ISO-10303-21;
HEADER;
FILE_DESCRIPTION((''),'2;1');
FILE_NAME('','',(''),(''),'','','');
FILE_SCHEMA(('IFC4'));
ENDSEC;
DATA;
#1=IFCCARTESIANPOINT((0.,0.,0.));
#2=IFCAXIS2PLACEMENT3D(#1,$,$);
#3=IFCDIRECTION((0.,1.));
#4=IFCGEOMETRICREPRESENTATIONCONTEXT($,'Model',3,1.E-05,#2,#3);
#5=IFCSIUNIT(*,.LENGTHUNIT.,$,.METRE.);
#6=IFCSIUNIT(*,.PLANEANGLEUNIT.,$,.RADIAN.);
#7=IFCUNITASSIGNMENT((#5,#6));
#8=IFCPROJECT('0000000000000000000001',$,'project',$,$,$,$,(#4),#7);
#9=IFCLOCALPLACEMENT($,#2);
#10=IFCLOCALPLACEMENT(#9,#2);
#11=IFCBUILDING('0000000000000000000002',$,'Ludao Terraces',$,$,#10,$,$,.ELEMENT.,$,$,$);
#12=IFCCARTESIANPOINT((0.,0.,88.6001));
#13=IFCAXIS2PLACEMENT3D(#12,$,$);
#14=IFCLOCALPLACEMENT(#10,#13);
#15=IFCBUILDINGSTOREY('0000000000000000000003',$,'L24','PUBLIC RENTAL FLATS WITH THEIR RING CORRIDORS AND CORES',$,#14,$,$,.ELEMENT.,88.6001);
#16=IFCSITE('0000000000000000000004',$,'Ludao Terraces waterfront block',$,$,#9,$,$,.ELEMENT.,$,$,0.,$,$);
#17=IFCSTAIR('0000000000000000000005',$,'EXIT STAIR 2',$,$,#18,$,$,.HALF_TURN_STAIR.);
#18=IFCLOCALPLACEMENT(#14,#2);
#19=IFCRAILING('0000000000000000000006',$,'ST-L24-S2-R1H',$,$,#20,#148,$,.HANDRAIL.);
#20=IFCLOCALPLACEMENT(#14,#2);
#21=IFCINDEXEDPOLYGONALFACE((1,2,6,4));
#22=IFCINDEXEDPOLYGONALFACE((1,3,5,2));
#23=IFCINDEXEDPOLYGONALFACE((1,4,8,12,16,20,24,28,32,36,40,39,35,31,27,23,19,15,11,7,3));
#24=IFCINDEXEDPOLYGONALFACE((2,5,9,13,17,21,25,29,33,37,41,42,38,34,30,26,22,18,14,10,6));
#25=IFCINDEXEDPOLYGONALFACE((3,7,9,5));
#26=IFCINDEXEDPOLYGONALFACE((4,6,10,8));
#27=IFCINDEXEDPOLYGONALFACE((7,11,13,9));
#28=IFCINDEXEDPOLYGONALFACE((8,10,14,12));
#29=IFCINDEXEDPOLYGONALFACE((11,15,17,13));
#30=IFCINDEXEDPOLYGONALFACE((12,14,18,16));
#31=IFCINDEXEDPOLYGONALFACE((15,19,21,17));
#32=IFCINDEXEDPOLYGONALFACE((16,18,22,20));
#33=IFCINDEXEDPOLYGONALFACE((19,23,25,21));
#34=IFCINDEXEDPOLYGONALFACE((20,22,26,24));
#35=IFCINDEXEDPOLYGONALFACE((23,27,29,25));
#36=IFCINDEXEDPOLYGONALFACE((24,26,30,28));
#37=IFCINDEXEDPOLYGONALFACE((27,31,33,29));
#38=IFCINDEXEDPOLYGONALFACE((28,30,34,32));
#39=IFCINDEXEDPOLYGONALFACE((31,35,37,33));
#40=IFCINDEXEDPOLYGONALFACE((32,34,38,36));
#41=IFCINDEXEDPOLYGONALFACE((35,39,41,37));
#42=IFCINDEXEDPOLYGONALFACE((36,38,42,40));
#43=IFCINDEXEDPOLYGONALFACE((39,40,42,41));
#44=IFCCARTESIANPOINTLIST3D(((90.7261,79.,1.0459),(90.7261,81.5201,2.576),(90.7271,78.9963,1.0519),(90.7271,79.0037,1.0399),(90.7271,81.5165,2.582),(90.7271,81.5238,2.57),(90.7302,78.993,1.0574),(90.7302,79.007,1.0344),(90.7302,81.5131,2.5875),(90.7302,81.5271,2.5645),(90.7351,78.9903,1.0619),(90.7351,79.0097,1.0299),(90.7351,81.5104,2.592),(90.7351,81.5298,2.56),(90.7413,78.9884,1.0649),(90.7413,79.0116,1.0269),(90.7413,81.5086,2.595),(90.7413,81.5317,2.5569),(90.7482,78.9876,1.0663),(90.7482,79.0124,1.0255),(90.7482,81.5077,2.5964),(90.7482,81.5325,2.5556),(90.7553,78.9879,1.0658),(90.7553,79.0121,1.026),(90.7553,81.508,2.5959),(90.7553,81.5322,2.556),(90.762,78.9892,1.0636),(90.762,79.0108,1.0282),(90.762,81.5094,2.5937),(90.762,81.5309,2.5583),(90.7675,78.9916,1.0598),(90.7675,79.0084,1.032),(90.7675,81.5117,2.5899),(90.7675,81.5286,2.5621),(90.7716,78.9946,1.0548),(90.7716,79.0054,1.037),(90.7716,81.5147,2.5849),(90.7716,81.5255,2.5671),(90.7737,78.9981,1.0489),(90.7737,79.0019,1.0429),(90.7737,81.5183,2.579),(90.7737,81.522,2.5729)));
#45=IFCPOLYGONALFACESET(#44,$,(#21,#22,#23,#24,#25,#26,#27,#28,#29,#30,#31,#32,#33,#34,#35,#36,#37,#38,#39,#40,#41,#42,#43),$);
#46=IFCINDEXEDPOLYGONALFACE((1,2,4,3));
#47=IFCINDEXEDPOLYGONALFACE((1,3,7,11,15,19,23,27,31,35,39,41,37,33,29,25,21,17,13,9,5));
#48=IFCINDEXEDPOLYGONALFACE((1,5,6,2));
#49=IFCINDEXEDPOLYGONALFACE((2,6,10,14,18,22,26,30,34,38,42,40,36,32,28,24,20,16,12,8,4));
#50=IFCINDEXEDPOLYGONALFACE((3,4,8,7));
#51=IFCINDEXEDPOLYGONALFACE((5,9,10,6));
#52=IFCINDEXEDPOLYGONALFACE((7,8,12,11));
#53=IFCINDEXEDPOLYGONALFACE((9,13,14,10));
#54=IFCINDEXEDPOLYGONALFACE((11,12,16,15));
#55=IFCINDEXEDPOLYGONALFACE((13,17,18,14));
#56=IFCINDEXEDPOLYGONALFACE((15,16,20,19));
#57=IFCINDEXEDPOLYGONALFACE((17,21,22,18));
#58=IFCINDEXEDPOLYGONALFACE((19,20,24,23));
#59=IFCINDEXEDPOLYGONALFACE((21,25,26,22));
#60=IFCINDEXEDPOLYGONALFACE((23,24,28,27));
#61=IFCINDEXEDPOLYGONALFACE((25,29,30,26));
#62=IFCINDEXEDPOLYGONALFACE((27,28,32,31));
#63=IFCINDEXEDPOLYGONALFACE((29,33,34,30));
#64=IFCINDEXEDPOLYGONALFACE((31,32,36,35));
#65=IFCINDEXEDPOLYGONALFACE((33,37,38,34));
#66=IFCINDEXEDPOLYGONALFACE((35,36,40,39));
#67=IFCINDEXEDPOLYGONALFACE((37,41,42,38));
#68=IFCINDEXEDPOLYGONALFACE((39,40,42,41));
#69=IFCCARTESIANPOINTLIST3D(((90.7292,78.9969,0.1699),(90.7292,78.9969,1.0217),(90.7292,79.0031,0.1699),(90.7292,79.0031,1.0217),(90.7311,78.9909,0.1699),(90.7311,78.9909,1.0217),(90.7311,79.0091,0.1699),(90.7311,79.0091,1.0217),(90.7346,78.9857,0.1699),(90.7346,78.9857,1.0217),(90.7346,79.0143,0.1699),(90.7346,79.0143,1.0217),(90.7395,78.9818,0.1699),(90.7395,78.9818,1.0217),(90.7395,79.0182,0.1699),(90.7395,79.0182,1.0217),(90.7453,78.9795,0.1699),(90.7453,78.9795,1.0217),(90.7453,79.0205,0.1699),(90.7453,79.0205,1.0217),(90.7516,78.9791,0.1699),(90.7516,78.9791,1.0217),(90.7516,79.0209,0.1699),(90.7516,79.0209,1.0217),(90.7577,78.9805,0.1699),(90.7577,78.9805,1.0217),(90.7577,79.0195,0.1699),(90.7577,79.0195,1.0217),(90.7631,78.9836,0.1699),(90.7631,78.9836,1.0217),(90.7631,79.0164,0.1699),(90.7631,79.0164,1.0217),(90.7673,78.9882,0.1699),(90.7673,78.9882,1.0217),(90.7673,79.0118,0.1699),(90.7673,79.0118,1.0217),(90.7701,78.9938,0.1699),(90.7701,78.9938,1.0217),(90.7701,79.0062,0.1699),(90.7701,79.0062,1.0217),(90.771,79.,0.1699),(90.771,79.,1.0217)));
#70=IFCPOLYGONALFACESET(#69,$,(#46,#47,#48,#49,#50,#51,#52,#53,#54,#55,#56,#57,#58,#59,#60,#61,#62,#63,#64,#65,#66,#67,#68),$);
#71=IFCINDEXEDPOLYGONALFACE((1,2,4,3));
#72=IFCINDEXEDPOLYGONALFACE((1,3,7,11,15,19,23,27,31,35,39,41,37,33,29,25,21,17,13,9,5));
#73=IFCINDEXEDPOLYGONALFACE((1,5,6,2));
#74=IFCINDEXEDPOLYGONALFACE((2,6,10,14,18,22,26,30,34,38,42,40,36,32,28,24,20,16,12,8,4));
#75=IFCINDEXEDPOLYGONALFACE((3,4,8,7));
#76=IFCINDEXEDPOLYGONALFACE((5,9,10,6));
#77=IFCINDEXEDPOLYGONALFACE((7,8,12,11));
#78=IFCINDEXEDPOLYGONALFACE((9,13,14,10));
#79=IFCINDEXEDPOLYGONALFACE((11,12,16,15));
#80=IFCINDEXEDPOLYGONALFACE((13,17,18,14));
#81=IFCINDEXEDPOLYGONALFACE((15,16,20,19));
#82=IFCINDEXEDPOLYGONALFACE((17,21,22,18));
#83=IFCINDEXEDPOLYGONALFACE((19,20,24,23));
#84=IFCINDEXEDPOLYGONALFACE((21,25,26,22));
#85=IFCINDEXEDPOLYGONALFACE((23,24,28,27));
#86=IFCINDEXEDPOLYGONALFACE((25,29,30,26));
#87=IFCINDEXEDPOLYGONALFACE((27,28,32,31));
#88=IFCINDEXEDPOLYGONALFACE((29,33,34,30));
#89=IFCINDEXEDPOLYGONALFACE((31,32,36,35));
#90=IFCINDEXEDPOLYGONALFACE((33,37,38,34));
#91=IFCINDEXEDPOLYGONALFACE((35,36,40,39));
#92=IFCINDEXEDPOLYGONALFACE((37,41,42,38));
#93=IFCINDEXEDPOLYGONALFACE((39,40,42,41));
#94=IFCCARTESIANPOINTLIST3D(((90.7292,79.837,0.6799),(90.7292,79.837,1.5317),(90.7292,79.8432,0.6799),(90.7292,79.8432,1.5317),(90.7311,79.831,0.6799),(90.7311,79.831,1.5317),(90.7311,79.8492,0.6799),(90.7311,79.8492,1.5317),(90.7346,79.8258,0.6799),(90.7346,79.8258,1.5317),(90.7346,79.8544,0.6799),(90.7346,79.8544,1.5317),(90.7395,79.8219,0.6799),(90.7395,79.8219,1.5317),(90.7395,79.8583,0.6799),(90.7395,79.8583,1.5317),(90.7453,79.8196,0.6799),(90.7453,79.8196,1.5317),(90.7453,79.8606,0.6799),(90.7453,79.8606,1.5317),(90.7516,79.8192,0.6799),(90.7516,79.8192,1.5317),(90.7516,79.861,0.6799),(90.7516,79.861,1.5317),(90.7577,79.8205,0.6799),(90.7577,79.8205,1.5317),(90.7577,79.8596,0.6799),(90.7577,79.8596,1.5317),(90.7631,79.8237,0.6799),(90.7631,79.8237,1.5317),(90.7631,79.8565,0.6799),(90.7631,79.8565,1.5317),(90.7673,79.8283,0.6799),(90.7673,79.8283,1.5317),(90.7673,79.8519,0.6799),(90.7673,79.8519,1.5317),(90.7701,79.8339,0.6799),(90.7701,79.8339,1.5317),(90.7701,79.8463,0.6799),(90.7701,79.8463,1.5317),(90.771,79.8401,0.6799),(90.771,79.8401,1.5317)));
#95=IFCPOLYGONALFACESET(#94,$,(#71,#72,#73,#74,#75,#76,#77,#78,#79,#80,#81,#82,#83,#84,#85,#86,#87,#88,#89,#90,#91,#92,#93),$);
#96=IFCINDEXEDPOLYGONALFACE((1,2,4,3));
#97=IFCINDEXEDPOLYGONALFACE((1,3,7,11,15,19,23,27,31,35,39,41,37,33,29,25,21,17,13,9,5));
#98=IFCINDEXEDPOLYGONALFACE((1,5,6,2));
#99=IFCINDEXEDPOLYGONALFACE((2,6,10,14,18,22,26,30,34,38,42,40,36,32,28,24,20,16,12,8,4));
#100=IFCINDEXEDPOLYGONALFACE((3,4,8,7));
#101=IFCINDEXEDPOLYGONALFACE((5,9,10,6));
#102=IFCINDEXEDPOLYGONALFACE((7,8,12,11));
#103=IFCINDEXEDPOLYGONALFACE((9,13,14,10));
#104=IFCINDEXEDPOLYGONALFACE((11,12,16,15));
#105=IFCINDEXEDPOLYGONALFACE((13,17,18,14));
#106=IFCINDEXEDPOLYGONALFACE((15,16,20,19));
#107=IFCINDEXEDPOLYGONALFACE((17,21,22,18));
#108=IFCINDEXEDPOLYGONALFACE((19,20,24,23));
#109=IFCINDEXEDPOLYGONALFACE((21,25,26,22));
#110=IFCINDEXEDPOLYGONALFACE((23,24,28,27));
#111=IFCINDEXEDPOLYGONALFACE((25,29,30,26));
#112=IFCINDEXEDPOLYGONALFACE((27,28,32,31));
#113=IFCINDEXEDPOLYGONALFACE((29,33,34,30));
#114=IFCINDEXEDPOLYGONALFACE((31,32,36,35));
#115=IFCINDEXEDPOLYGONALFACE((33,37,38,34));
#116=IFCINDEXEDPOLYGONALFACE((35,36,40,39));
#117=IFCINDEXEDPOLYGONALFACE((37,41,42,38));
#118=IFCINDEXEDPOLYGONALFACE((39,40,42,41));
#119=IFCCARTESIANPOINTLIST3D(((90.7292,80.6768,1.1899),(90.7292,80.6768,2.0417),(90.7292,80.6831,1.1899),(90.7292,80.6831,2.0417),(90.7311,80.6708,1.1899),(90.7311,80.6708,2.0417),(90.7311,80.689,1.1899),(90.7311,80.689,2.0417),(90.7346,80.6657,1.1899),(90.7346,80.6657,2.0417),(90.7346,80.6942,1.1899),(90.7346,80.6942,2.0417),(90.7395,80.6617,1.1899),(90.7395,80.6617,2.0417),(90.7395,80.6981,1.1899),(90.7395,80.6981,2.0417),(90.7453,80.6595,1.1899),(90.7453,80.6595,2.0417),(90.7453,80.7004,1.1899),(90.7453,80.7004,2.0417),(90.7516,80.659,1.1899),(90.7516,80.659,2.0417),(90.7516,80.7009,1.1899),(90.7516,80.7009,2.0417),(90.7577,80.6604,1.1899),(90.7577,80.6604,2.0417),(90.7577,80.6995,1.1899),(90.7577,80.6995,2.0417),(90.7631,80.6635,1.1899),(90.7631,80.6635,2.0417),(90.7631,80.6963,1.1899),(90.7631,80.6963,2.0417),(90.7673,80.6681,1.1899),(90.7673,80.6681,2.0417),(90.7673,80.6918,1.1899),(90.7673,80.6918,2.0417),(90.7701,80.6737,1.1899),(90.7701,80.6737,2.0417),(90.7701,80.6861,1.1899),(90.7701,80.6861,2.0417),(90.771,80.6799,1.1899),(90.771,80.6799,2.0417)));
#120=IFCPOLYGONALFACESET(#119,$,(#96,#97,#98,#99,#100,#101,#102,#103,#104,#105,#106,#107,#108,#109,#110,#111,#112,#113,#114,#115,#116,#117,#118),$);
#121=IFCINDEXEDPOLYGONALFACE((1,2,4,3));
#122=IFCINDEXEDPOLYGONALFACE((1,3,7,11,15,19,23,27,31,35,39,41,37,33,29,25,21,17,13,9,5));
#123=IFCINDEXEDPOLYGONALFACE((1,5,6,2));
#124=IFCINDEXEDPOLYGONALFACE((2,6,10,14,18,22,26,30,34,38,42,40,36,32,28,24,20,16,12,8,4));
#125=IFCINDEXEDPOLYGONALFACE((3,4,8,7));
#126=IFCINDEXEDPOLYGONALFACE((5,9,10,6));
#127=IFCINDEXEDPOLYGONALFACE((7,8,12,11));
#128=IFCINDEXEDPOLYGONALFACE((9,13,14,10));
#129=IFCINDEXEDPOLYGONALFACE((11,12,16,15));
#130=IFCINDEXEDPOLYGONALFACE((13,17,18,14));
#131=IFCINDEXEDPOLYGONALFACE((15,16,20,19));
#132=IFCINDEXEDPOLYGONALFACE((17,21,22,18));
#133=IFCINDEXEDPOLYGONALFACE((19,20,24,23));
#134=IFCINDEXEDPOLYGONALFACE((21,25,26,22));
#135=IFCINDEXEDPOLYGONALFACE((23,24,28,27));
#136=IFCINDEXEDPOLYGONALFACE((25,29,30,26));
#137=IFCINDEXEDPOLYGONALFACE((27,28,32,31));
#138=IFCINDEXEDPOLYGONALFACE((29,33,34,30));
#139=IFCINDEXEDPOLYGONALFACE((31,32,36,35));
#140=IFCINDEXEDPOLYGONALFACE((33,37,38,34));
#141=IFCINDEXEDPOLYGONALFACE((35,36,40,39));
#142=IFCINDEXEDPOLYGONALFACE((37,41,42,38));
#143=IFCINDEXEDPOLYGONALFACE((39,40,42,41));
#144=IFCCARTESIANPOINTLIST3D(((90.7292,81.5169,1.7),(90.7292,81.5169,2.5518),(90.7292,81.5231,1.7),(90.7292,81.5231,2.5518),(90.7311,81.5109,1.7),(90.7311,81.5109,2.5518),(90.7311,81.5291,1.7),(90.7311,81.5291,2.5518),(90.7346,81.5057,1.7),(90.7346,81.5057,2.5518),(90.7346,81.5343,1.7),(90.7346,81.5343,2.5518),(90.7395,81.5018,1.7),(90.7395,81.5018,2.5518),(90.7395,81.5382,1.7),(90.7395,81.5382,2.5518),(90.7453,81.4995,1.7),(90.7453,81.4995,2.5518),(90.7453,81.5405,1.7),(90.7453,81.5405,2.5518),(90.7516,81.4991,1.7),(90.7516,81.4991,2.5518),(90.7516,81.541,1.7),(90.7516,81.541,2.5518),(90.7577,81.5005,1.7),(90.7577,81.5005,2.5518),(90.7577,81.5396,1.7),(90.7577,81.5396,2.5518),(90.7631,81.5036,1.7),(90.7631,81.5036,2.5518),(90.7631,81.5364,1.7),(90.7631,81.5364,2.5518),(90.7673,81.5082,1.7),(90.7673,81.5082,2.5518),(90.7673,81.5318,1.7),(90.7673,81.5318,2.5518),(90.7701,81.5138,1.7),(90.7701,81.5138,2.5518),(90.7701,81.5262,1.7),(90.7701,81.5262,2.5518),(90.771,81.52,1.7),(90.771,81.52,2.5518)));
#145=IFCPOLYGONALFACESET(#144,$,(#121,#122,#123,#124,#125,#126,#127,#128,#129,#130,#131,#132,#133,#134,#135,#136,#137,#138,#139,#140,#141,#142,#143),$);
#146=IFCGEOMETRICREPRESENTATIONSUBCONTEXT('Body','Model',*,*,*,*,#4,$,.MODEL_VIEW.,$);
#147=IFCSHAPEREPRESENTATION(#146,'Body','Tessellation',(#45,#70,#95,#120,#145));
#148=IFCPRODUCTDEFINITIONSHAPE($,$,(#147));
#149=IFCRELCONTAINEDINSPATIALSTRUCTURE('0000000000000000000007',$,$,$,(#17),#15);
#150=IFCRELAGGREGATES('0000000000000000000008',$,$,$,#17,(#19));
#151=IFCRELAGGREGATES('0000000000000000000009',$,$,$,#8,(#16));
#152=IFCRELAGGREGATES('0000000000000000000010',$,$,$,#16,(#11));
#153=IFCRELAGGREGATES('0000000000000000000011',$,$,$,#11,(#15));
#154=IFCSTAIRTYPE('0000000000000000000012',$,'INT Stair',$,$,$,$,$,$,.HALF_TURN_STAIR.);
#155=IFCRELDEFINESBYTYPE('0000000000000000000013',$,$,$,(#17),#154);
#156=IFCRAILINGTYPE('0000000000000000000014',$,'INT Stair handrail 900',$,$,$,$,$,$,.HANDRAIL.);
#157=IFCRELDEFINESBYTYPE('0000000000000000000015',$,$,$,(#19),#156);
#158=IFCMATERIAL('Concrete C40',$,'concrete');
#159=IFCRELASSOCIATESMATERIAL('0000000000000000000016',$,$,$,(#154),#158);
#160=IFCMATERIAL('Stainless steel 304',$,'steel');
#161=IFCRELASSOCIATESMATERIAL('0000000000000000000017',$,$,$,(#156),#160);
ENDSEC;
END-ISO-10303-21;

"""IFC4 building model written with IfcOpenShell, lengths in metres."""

from ifc_helpers import new_model, si_unit, direction, frame, origin, origin_2d, place, context, subcontext, project, spatial, circle, extrude, material, type_object, element, aggregate, save


model = new_model("IFC4")

# Units and contexts
model_context = context("Model", 3, precision=1e-05, world=origin(), true_north=direction((0.0, 1.0)))
body_context = subcontext(model_context, "Body", "Model", "MODEL_VIEW")
ifc_project = project(units=[si_unit("LENGTHUNIT", "METRE"), si_unit("PLANEANGLEUNIT", "RADIAN")], contexts=[model_context])

# Site, building, storey
site_placement = place(None, origin())
site = spatial("IfcSite", under=ifc_project, at=site_placement, Name="Ludao Terraces waterfront block", CompositionType="ELEMENT", RefElevation=0.0)
building_placement = place(site_placement, origin())
building = spatial("IfcBuilding", under=site, at=building_placement, Name="Ludao Terraces", CompositionType="ELEMENT")
storey_placement = place(building_placement, frame((0.0, 0.0, 88.6001)))
storey = spatial("IfcBuildingStorey", under=building, at=storey_placement, Name="L24", Description="PUBLIC RENTAL FLATS WITH THEIR RING CORRIDORS AND CORES", CompositionType="ELEMENT", Elevation=88.6001)

# Stair, railing
ifc_material_1 = material(Name="Concrete C40", Category="concrete")
stair_type = type_object("IfcStairType", Name="INT Stair", PredefinedType="HALF_TURN_STAIR", material=ifc_material_1)
stair_placement = place(storey_placement, origin())
stair = element("IfcStair", 1, at=stair_placement, inside=storey, type_object=stair_type, Name="EXIT STAIR 2", PredefinedType="HALF_TURN_STAIR")
ifc_material_2 = material(Name="Stainless steel 304", Category="steel")
railing_type_1 = type_object("IfcRailingType", Name="INT Stair handrail 900", PredefinedType="HANDRAIL", material=ifc_material_2)
railing_1_placement = place(storey_placement, frame((90.75, 79.0, 0.1699)))
railing_1 = element("IfcRailing", 2, at=railing_1_placement, type_object=railing_type_1, Name="ST-L24-S2-R1H", PredefinedType="HANDRAIL", context=body_context, shape_type="SweptSolid", body=[
    extrude(circle(Radius=0.0239, at=origin_2d()), frame((0.0, 0.0, 0.876), z_axis=(0.0, 0.854785, 0.518982), x_axis=(-1.0, 0.0, 0.0)), (0.0, 0.0, 1.0), 2.9482),
    extrude(circle(Radius=0.021, at=origin_2d()), origin(), (0.0, 0.0, 1.0), 0.8518),
    extrude(circle(Radius=0.021, at=origin_2d()), frame((0.0, 0.8401, 0.51)), (0.0, 0.0, 1.0), 0.8518),
    extrude(circle(Radius=0.021, at=origin_2d()), frame((0.0, 1.6799, 1.02)), (0.0, 0.0, 1.0), 0.8518),
    extrude(circle(Radius=0.021, at=origin_2d()), frame((0.0, 2.52, 1.53)), (0.0, 0.0, 1.0), 0.8518),
])
aggregate(stair, [railing_1])

save(model, "model.ifc")
